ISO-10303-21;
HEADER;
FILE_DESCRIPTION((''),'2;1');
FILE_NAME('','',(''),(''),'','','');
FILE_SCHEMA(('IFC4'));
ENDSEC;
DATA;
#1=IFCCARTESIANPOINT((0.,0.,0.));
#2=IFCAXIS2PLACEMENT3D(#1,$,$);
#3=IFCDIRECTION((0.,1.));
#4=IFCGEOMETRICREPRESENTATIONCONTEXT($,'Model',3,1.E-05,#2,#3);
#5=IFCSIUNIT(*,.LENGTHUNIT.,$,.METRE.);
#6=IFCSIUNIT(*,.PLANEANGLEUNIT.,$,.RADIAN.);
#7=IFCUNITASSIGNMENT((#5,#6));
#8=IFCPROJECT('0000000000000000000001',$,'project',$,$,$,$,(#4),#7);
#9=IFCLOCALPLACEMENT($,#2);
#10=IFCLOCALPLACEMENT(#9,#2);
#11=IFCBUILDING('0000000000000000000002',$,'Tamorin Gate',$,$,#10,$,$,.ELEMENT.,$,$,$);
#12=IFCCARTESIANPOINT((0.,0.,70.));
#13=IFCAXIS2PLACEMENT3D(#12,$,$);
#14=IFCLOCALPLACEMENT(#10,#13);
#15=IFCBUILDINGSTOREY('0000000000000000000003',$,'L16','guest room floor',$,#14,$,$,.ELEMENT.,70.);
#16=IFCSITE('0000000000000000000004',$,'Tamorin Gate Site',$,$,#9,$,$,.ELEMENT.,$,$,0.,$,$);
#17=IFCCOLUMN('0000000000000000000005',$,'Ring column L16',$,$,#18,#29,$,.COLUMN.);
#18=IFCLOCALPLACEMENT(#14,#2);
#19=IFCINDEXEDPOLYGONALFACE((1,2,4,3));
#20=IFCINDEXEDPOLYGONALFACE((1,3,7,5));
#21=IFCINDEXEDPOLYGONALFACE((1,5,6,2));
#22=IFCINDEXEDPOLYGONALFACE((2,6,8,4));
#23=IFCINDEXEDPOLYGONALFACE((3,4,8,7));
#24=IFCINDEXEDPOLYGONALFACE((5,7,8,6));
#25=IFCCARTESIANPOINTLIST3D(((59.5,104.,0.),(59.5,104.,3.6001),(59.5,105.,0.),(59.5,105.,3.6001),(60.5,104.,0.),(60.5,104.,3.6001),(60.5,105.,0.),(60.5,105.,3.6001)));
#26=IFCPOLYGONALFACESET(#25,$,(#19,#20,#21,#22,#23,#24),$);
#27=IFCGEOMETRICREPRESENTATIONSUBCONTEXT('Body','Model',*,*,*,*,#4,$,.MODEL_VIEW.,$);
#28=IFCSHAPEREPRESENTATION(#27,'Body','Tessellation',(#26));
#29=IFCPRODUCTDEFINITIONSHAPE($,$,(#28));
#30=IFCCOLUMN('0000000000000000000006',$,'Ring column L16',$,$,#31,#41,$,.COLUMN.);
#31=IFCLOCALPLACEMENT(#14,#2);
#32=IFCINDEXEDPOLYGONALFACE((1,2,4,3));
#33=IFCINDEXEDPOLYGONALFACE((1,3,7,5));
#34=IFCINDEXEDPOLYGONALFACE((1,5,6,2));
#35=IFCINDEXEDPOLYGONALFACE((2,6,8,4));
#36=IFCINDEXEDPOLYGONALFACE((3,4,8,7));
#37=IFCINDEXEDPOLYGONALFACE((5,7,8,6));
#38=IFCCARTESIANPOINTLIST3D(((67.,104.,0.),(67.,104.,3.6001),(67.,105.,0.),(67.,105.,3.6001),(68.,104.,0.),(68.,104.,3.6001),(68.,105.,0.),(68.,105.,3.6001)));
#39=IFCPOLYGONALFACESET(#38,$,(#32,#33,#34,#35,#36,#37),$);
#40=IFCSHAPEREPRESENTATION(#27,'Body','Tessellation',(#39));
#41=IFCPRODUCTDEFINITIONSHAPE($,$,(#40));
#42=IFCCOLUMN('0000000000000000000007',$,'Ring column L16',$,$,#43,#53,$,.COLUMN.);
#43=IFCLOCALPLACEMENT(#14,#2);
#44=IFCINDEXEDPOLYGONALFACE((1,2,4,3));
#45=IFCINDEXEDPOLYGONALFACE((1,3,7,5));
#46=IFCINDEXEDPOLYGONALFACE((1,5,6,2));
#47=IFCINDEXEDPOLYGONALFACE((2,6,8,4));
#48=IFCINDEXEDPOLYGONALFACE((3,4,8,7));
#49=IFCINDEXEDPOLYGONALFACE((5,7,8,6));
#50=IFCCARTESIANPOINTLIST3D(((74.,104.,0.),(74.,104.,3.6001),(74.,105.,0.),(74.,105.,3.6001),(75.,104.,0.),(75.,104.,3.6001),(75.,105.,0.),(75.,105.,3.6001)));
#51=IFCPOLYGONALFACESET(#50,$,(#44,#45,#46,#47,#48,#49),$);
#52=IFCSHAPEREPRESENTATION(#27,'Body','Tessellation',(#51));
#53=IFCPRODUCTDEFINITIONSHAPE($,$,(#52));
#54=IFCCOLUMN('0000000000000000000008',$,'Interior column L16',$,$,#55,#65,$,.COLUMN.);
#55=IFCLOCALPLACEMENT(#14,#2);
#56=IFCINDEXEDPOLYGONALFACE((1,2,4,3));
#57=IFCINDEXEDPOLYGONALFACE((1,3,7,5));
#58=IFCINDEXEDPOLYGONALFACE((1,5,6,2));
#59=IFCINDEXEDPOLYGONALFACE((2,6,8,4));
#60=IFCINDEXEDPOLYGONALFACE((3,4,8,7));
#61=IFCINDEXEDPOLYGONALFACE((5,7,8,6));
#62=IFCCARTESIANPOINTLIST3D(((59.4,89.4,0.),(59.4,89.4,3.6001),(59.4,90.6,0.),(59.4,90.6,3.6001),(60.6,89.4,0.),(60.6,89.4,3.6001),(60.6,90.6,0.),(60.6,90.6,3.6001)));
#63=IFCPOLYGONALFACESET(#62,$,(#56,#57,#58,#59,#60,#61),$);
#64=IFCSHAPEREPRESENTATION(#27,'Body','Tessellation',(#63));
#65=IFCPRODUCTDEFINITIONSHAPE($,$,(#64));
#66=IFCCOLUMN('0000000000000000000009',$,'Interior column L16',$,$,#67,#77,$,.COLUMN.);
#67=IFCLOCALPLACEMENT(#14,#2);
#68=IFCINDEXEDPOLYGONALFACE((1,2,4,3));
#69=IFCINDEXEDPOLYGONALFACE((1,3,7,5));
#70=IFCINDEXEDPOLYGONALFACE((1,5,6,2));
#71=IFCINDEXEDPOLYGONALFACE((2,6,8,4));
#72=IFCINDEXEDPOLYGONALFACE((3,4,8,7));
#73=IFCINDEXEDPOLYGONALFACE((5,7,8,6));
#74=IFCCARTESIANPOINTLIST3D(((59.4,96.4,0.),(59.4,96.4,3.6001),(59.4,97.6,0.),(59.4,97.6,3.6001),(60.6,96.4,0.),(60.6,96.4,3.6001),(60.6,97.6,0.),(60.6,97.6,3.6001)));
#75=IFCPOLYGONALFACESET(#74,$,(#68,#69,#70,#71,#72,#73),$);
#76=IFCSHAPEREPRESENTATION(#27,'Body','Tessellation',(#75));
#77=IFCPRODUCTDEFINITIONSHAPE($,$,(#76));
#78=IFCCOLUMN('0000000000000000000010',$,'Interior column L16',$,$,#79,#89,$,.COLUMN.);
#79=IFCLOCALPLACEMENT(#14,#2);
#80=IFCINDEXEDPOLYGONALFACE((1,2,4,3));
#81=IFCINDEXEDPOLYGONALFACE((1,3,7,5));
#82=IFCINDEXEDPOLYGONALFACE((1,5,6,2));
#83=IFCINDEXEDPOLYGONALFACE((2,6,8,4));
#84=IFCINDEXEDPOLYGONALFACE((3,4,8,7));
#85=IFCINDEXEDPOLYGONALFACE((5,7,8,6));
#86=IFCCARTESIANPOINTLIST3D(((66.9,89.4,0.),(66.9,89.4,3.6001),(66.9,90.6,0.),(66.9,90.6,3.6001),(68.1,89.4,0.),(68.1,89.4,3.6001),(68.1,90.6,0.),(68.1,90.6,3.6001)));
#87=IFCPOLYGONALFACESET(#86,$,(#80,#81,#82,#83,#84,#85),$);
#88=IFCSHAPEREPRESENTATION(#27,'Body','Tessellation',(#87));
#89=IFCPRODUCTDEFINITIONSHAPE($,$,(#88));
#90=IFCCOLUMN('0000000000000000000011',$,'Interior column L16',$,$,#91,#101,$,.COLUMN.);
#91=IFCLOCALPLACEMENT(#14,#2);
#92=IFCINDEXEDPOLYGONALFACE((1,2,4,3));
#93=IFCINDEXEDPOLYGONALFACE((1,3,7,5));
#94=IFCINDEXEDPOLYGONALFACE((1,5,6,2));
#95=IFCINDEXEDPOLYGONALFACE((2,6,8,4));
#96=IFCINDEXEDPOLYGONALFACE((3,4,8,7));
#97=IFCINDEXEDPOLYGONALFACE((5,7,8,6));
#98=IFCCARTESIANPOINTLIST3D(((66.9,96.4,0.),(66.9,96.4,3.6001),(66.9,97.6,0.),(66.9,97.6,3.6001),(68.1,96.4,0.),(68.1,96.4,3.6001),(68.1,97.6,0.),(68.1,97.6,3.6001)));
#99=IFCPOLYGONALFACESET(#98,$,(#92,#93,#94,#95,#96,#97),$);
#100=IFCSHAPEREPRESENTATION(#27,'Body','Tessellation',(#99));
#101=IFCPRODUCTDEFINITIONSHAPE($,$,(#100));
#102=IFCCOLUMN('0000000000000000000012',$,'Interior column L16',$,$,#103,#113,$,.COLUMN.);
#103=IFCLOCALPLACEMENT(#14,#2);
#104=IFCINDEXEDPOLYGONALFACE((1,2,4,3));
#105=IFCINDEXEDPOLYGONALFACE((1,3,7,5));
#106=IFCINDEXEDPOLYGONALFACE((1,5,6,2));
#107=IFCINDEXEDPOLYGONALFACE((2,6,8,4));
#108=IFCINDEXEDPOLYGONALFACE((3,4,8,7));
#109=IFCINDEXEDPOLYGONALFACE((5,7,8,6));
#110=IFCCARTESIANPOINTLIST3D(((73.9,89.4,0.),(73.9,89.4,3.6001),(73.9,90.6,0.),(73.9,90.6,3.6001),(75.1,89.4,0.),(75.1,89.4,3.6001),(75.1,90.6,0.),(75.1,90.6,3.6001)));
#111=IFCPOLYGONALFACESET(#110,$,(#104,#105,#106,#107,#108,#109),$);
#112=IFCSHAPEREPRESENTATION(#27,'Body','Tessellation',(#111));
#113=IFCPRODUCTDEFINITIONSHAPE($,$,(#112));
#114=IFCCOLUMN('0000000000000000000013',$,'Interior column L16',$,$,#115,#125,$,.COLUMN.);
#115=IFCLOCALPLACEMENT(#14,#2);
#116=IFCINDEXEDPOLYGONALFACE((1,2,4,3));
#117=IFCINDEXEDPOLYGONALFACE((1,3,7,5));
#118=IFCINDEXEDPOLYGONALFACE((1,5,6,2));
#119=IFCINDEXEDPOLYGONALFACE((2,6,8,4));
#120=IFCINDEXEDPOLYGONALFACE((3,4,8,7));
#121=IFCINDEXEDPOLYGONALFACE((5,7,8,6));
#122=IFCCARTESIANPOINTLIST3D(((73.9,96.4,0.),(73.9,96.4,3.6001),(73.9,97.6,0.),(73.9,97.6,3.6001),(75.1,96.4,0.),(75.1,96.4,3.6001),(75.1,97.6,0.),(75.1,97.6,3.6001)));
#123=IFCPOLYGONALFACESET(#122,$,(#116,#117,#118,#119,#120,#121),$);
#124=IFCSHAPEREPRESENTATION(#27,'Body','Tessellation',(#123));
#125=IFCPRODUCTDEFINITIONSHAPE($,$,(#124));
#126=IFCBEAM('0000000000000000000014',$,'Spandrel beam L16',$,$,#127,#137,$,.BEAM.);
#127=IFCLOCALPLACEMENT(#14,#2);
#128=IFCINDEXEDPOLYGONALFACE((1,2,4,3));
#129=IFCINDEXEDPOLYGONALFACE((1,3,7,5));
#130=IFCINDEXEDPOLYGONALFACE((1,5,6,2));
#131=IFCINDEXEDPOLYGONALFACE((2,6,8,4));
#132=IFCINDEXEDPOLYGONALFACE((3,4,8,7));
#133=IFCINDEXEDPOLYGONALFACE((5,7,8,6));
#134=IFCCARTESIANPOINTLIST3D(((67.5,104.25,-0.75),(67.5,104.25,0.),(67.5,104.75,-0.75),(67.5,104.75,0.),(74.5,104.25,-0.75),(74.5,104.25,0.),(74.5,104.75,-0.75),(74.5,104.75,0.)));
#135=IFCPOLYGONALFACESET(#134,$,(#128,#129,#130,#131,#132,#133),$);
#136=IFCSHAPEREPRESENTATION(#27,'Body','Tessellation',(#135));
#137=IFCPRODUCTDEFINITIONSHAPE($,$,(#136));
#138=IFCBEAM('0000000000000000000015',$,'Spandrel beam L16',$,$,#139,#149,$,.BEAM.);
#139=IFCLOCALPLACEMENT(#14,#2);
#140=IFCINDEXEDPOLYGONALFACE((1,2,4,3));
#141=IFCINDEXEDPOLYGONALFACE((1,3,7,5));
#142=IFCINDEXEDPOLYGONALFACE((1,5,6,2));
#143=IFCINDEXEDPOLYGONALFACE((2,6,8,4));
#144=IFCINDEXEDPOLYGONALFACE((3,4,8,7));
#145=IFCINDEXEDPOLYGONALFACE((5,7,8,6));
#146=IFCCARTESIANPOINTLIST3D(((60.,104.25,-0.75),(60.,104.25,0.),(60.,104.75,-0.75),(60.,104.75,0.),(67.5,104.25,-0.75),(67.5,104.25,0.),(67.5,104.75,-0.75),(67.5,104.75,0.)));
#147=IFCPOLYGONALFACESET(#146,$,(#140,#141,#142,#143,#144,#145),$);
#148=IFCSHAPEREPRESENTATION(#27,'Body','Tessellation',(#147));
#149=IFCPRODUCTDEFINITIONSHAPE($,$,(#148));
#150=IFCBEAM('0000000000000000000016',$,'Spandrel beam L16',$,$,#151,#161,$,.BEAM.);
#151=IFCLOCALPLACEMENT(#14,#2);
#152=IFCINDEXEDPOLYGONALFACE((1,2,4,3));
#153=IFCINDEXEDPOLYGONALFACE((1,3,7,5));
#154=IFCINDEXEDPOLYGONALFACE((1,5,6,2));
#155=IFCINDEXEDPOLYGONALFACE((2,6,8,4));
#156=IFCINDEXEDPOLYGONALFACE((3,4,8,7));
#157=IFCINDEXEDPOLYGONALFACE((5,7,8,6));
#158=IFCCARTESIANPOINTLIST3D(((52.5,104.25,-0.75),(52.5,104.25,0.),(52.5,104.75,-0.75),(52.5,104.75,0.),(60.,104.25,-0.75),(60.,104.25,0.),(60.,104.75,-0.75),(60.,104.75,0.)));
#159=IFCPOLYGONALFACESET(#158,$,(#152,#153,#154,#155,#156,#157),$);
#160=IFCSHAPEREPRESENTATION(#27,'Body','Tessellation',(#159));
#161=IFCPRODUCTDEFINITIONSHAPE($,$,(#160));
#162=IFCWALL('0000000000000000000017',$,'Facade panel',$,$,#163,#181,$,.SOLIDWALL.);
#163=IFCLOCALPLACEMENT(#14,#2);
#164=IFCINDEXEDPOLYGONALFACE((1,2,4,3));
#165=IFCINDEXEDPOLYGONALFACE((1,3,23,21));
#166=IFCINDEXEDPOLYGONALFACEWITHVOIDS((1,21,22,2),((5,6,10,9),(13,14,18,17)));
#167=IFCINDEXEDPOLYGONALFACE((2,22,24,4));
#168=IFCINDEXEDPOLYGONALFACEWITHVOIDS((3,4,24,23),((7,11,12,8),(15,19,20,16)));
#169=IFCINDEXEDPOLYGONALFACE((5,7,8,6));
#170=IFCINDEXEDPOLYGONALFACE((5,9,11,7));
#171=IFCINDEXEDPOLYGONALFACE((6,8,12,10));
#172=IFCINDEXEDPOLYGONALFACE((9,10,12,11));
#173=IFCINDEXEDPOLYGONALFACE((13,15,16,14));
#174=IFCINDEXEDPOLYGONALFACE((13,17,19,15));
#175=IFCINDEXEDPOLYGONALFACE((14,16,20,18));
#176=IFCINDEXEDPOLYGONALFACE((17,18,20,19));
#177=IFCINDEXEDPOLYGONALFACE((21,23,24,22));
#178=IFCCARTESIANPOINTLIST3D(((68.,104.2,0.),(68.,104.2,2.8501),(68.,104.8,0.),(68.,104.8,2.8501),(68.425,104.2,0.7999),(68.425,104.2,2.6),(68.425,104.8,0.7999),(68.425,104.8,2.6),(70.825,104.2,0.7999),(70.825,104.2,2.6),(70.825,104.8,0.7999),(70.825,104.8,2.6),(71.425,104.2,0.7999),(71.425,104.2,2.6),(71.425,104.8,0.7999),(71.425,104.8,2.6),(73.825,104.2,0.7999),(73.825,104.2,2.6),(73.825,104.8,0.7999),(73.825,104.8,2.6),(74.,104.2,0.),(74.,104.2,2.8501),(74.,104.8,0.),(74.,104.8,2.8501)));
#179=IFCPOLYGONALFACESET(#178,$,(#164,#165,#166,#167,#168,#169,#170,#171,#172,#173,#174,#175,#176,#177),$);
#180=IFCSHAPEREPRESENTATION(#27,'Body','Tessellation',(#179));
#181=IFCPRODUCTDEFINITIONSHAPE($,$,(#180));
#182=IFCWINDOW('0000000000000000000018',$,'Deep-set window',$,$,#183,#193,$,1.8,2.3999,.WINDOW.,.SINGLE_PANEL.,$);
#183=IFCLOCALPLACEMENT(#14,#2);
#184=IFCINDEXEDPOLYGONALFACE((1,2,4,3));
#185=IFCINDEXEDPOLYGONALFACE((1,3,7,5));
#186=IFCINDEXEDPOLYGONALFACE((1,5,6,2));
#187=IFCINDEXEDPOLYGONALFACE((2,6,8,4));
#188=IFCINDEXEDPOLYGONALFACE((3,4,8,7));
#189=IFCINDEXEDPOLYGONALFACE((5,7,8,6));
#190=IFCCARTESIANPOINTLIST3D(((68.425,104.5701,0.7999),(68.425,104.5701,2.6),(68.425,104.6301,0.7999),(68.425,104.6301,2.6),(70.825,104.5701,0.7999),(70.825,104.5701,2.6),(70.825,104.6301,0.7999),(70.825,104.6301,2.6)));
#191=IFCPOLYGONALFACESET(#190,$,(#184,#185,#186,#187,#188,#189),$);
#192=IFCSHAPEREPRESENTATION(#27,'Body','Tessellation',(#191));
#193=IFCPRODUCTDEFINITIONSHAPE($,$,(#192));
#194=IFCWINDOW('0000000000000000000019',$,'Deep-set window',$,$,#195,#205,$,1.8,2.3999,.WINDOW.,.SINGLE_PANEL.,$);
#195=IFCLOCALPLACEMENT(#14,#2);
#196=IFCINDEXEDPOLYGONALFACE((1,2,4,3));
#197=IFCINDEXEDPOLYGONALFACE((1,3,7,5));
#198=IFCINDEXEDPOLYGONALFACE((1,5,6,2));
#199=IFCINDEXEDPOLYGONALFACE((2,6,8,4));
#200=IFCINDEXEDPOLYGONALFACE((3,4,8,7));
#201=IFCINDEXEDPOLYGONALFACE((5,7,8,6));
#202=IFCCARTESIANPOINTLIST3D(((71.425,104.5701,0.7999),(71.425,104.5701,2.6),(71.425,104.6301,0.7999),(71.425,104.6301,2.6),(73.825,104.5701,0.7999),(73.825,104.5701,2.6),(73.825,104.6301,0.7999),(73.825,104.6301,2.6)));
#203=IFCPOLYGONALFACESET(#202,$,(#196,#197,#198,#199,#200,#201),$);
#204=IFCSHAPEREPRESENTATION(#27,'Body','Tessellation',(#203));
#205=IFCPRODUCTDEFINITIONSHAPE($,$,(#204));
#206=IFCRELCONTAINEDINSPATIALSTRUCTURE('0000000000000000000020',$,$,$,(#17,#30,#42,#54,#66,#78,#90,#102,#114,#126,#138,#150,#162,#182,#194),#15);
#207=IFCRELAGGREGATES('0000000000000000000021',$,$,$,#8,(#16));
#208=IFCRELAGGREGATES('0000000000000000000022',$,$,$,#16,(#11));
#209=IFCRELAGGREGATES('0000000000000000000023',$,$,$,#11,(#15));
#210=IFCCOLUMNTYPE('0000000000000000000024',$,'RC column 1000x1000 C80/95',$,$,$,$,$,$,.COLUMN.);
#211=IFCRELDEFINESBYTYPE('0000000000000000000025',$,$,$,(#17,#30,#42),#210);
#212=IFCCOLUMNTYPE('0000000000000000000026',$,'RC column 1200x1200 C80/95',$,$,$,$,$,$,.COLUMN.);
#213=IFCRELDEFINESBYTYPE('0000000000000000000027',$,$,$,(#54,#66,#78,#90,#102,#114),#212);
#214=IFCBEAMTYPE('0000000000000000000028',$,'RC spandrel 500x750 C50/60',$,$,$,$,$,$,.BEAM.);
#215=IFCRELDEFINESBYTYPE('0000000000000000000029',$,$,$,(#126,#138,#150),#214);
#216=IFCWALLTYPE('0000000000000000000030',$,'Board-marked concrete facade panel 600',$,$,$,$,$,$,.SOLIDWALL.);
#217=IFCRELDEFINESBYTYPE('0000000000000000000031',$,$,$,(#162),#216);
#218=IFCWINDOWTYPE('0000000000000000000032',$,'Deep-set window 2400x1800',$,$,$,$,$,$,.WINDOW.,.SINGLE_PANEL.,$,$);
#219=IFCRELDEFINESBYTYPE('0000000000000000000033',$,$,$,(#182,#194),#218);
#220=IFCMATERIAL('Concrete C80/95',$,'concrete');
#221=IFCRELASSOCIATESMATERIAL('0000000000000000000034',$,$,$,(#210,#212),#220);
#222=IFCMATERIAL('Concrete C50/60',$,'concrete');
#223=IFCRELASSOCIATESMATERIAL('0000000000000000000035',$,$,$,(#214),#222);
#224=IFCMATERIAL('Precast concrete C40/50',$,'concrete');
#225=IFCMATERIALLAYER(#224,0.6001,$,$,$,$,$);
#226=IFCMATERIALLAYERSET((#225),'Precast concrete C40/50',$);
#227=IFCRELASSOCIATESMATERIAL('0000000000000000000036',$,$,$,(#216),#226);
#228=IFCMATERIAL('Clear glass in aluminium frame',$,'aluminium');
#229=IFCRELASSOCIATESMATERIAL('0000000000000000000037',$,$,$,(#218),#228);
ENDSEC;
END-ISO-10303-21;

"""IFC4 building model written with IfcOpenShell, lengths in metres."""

from ifc_helpers import new_model, si_unit, direction, frame, frame_2d, origin, origin_2d, place, context, subcontext, project, spatial, rectangle, extrude, material, layer, layer_set, material_profile, profile_set, type_object, element, fill, save


model = new_model("IFC4")

# Units and contexts
model_context = context("Model", 3, precision=1e-05, world=origin(), true_north=direction((0.0, 1.0)))
body_context = subcontext(model_context, "Body", "Model", "MODEL_VIEW")
ifc_project = project(units=[si_unit("LENGTHUNIT", "METRE"), si_unit("PLANEANGLEUNIT", "RADIAN")], contexts=[model_context])

# Site, building, storey
site_placement = place(None, origin())
site = spatial("IfcSite", under=ifc_project, at=site_placement, Name="Tamorin Gate Site", CompositionType="ELEMENT", RefElevation=0.0)
building_placement = place(site_placement, origin())
building = spatial("IfcBuilding", under=site, at=building_placement, Name="Tamorin Gate", CompositionType="ELEMENT")
storey_placement = place(building_placement, frame((0.0, 0.0, 70.0)))
storey = spatial("IfcBuildingStorey", under=building, at=storey_placement, Name="L16", Description="guest room floor", CompositionType="ELEMENT", Elevation=70.0)

# Columns
ifc_material_1 = material(Name="Concrete C80/95", Category="concrete")
ifc_material_profile_1 = material_profile(ifc_material_1, rectangle(XDim=1.0, YDim=1.0, at=origin_2d()), Name="RC 1000x1000")
ifc_profile_set_1 = profile_set([ifc_material_profile_1], Name="Concrete C80/95")
column_type_1 = type_object("IfcColumnType", Name="RC column 1000x1000 C80/95", PredefinedType="COLUMN", material=ifc_profile_set_1)
for number, where, z_axis, x_axis, name in (
    (1, (60.0, 104.5, 0.0), (0.0, 0.0, 1.0), (1.0, 0.0, 0.0), "Ring column L16"),
    (2, (67.5, 104.5, 0.0), (0.0, 0.0, 1.0), (1.0, 0.0, 0.0), "Ring column L16"),
    (3, (74.5, 104.5, 0.0), (0.0, 0.0, 1.0), (1.0, 0.0, 0.0), "Ring column L16"),
):
    element("IfcColumn", number, at=place(storey_placement, frame(where, z_axis=z_axis, x_axis=x_axis)), inside=storey, type_object=column_type_1, Name=name, PredefinedType="COLUMN", context=body_context, shape_type="SweptSolid", body=[
        extrude(rectangle(XDim=1.0, YDim=1.0, at=origin_2d()), origin(), (0.0, 0.0, 1.0), 3.6001),
    ])
ifc_material_profile_2 = material_profile(ifc_material_1, rectangle(XDim=1.2, YDim=1.2, at=origin_2d()), Name="RC 1200x1200")
ifc_profile_set_2 = profile_set([ifc_material_profile_2], Name="Concrete C80/95")
column_type_2 = type_object("IfcColumnType", Name="RC column 1200x1200 C80/95", PredefinedType="COLUMN", material=ifc_profile_set_2)
for number, where, z_axis, x_axis, name in (
    (4, (60.0, 90.0, 0.0), (0.0, 0.0, 1.0), (1.0, 0.0, 0.0), "Interior column L16"),
    (5, (60.0, 97.0, 0.0), (0.0, 0.0, 1.0), (1.0, 0.0, 0.0), "Interior column L16"),
    (6, (67.5, 90.0, 0.0), (0.0, 0.0, 1.0), (1.0, 0.0, 0.0), "Interior column L16"),
    (7, (67.5, 97.0, 0.0), (0.0, 0.0, 1.0), (1.0, 0.0, 0.0), "Interior column L16"),
    (8, (74.5, 90.0, 0.0), (0.0, 0.0, 1.0), (1.0, 0.0, 0.0), "Interior column L16"),
    (9, (74.5, 97.0, 0.0), (0.0, 0.0, 1.0), (1.0, 0.0, 0.0), "Interior column L16"),
):
    element("IfcColumn", number, at=place(storey_placement, frame(where, z_axis=z_axis, x_axis=x_axis)), inside=storey, type_object=column_type_2, Name=name, PredefinedType="COLUMN", context=body_context, shape_type="SweptSolid", body=[
        extrude(rectangle(XDim=1.2, YDim=1.2, at=origin_2d()), origin(), (0.0, 0.0, 1.0), 3.6001),
    ])

# Beams
ifc_material_2 = material(Name="Concrete C50/60", Category="concrete")
ifc_material_profile_3 = material_profile(ifc_material_2, rectangle(XDim=0.5, YDim=0.75, at=origin_2d()), Name="RC 500x750")
ifc_profile_set_3 = profile_set([ifc_material_profile_3], Name="Concrete C50/60")
beam_type = type_object("IfcBeamType", Name="RC spandrel 500x750 C50/60", PredefinedType="BEAM", material=ifc_profile_set_3)
beam_placement = place(storey_placement, frame((74.5, 104.5, -0.375), z_axis=(-1.0, 0.0, 0.0), x_axis=(0.0, -1.0, 0.0)))
element("IfcBeam", 10, at=beam_placement, inside=storey, type_object=beam_type, Name="Spandrel beam L16", PredefinedType="BEAM", context=body_context, shape_type="SweptSolid", body=[
    extrude(rectangle(XDim=0.5, YDim=0.75, at=origin_2d()), origin(), (0.0, 0.0, 1.0), 7.0),
])
for number, where, z_axis, x_axis, name in (
    (11, (67.5, 104.5, -0.375), (-1.0, 0.0, 0.0), (0.0, -1.0, 0.0), "Spandrel beam L16"),
    (12, (60.0, 104.5, -0.375), (-1.0, 0.0, 0.0), (0.0, -1.0, 0.0), "Spandrel beam L16"),
):
    element("IfcBeam", number, at=place(storey_placement, frame(where, z_axis=z_axis, x_axis=x_axis)), inside=storey, type_object=beam_type, Name=name, PredefinedType="BEAM", context=body_context, shape_type="SweptSolid", body=[
        extrude(rectangle(XDim=0.5, YDim=0.75, at=origin_2d()), origin(), (0.0, 0.0, 1.0), 7.5),
    ])

# Wall, openings, windows
ifc_material_3 = material(Name="Precast concrete C40/50", Category="concrete")
ifc_layer_1 = layer(ifc_material_3, 0.6001)
ifc_layer_set_1 = layer_set([ifc_layer_1], Name="Precast concrete C40/50")
wall_type_1 = type_object("IfcWallType", Name="Board-marked concrete facade panel 600", PredefinedType="SOLIDWALL", material=ifc_layer_set_1)
wall_1_placement = place(storey_placement, frame((74.0, 104.5, 0.0), z_axis=(0.0, 0.0, 1.0), x_axis=(-1.0, 0.0, 0.0)))
wall_1 = element("IfcWall", 13, at=wall_1_placement, inside=storey, type_object=wall_type_1, Name="Facade panel", PredefinedType="SOLIDWALL", context=body_context, shape_type="SweptSolid", body=[
    extrude(rectangle(XDim=6.0, YDim=0.6001, at=frame_2d((3.0, 0.0))), origin(), (0.0, 0.0, 1.0), 2.8501),
])
opening_1_placement = place(wall_1_placement, frame((3.175, 0.0, 0.8)))
opening_1 = element("IfcOpeningElement", 14, at=opening_1_placement, cuts=wall_1, PredefinedType="OPENING", context=body_context, shape_type="SweptSolid", body=[
    extrude(rectangle(XDim=2.3999, YDim=1.8, at=frame_2d((1.2, 0.8999))), frame((0.0, 0.3101, 0.0), z_axis=(0.0, -1.0, 0.0), x_axis=(1.0, 0.0, 0.0)), (0.0, 0.0, 1.0), 0.6201),
])
opening_2_placement = place(wall_1_placement, frame((0.175, 0.0, 0.8)))
opening_2 = element("IfcOpeningElement", 15, at=opening_2_placement, cuts=wall_1, PredefinedType="OPENING", context=body_context, shape_type="SweptSolid", body=[
    extrude(rectangle(XDim=2.3999, YDim=1.8, at=frame_2d((1.2, 0.8999))), frame((0.0, 0.3101, 0.0), z_axis=(0.0, -1.0, 0.0), x_axis=(1.0, 0.0, 0.0)), (0.0, 0.0, 1.0), 0.6201),
])
ifc_material_4 = material(Name="Clear glass in aluminium frame", Category="aluminium")
window_type = type_object("IfcWindowType", Name="Deep-set window 2400x1800", PartitioningType="SINGLE_PANEL", PredefinedType="WINDOW", material=ifc_material_4)
window_1_placement = place(opening_1_placement, origin())
window_1 = element("IfcWindow", 16, at=window_1_placement, inside=storey, type_object=window_type, Name="Deep-set window", OverallHeight=1.8, OverallWidth=2.3999, PartitioningType="SINGLE_PANEL", PredefinedType="WINDOW", context=body_context, shape_type="SweptSolid", body=[
    extrude(rectangle(XDim=2.3999, YDim=1.8, at=frame_2d((1.2, 0.8999))), frame((0.0, -0.0701, 0.0), z_axis=(0.0, -1.0, 0.0), x_axis=(1.0, 0.0, 0.0)), (0.0, 0.0, 1.0), 0.0601),
])
fill(opening_1, window_1)
window_2_placement = place(opening_2_placement, origin())
window_2 = element("IfcWindow", 17, at=window_2_placement, inside=storey, type_object=window_type, Name="Deep-set window", OverallHeight=1.8, OverallWidth=2.3999, PartitioningType="SINGLE_PANEL", PredefinedType="WINDOW", context=body_context, shape_type="SweptSolid", body=[
    extrude(rectangle(XDim=2.3999, YDim=1.8, at=frame_2d((1.2, 0.8999))), frame((0.0, -0.0701, 0.0), z_axis=(0.0, -1.0, 0.0), x_axis=(1.0, 0.0, 0.0)), (0.0, 0.0, 1.0), 0.0601),
])
fill(opening_2, window_2)

save(model, "model.ifc")
